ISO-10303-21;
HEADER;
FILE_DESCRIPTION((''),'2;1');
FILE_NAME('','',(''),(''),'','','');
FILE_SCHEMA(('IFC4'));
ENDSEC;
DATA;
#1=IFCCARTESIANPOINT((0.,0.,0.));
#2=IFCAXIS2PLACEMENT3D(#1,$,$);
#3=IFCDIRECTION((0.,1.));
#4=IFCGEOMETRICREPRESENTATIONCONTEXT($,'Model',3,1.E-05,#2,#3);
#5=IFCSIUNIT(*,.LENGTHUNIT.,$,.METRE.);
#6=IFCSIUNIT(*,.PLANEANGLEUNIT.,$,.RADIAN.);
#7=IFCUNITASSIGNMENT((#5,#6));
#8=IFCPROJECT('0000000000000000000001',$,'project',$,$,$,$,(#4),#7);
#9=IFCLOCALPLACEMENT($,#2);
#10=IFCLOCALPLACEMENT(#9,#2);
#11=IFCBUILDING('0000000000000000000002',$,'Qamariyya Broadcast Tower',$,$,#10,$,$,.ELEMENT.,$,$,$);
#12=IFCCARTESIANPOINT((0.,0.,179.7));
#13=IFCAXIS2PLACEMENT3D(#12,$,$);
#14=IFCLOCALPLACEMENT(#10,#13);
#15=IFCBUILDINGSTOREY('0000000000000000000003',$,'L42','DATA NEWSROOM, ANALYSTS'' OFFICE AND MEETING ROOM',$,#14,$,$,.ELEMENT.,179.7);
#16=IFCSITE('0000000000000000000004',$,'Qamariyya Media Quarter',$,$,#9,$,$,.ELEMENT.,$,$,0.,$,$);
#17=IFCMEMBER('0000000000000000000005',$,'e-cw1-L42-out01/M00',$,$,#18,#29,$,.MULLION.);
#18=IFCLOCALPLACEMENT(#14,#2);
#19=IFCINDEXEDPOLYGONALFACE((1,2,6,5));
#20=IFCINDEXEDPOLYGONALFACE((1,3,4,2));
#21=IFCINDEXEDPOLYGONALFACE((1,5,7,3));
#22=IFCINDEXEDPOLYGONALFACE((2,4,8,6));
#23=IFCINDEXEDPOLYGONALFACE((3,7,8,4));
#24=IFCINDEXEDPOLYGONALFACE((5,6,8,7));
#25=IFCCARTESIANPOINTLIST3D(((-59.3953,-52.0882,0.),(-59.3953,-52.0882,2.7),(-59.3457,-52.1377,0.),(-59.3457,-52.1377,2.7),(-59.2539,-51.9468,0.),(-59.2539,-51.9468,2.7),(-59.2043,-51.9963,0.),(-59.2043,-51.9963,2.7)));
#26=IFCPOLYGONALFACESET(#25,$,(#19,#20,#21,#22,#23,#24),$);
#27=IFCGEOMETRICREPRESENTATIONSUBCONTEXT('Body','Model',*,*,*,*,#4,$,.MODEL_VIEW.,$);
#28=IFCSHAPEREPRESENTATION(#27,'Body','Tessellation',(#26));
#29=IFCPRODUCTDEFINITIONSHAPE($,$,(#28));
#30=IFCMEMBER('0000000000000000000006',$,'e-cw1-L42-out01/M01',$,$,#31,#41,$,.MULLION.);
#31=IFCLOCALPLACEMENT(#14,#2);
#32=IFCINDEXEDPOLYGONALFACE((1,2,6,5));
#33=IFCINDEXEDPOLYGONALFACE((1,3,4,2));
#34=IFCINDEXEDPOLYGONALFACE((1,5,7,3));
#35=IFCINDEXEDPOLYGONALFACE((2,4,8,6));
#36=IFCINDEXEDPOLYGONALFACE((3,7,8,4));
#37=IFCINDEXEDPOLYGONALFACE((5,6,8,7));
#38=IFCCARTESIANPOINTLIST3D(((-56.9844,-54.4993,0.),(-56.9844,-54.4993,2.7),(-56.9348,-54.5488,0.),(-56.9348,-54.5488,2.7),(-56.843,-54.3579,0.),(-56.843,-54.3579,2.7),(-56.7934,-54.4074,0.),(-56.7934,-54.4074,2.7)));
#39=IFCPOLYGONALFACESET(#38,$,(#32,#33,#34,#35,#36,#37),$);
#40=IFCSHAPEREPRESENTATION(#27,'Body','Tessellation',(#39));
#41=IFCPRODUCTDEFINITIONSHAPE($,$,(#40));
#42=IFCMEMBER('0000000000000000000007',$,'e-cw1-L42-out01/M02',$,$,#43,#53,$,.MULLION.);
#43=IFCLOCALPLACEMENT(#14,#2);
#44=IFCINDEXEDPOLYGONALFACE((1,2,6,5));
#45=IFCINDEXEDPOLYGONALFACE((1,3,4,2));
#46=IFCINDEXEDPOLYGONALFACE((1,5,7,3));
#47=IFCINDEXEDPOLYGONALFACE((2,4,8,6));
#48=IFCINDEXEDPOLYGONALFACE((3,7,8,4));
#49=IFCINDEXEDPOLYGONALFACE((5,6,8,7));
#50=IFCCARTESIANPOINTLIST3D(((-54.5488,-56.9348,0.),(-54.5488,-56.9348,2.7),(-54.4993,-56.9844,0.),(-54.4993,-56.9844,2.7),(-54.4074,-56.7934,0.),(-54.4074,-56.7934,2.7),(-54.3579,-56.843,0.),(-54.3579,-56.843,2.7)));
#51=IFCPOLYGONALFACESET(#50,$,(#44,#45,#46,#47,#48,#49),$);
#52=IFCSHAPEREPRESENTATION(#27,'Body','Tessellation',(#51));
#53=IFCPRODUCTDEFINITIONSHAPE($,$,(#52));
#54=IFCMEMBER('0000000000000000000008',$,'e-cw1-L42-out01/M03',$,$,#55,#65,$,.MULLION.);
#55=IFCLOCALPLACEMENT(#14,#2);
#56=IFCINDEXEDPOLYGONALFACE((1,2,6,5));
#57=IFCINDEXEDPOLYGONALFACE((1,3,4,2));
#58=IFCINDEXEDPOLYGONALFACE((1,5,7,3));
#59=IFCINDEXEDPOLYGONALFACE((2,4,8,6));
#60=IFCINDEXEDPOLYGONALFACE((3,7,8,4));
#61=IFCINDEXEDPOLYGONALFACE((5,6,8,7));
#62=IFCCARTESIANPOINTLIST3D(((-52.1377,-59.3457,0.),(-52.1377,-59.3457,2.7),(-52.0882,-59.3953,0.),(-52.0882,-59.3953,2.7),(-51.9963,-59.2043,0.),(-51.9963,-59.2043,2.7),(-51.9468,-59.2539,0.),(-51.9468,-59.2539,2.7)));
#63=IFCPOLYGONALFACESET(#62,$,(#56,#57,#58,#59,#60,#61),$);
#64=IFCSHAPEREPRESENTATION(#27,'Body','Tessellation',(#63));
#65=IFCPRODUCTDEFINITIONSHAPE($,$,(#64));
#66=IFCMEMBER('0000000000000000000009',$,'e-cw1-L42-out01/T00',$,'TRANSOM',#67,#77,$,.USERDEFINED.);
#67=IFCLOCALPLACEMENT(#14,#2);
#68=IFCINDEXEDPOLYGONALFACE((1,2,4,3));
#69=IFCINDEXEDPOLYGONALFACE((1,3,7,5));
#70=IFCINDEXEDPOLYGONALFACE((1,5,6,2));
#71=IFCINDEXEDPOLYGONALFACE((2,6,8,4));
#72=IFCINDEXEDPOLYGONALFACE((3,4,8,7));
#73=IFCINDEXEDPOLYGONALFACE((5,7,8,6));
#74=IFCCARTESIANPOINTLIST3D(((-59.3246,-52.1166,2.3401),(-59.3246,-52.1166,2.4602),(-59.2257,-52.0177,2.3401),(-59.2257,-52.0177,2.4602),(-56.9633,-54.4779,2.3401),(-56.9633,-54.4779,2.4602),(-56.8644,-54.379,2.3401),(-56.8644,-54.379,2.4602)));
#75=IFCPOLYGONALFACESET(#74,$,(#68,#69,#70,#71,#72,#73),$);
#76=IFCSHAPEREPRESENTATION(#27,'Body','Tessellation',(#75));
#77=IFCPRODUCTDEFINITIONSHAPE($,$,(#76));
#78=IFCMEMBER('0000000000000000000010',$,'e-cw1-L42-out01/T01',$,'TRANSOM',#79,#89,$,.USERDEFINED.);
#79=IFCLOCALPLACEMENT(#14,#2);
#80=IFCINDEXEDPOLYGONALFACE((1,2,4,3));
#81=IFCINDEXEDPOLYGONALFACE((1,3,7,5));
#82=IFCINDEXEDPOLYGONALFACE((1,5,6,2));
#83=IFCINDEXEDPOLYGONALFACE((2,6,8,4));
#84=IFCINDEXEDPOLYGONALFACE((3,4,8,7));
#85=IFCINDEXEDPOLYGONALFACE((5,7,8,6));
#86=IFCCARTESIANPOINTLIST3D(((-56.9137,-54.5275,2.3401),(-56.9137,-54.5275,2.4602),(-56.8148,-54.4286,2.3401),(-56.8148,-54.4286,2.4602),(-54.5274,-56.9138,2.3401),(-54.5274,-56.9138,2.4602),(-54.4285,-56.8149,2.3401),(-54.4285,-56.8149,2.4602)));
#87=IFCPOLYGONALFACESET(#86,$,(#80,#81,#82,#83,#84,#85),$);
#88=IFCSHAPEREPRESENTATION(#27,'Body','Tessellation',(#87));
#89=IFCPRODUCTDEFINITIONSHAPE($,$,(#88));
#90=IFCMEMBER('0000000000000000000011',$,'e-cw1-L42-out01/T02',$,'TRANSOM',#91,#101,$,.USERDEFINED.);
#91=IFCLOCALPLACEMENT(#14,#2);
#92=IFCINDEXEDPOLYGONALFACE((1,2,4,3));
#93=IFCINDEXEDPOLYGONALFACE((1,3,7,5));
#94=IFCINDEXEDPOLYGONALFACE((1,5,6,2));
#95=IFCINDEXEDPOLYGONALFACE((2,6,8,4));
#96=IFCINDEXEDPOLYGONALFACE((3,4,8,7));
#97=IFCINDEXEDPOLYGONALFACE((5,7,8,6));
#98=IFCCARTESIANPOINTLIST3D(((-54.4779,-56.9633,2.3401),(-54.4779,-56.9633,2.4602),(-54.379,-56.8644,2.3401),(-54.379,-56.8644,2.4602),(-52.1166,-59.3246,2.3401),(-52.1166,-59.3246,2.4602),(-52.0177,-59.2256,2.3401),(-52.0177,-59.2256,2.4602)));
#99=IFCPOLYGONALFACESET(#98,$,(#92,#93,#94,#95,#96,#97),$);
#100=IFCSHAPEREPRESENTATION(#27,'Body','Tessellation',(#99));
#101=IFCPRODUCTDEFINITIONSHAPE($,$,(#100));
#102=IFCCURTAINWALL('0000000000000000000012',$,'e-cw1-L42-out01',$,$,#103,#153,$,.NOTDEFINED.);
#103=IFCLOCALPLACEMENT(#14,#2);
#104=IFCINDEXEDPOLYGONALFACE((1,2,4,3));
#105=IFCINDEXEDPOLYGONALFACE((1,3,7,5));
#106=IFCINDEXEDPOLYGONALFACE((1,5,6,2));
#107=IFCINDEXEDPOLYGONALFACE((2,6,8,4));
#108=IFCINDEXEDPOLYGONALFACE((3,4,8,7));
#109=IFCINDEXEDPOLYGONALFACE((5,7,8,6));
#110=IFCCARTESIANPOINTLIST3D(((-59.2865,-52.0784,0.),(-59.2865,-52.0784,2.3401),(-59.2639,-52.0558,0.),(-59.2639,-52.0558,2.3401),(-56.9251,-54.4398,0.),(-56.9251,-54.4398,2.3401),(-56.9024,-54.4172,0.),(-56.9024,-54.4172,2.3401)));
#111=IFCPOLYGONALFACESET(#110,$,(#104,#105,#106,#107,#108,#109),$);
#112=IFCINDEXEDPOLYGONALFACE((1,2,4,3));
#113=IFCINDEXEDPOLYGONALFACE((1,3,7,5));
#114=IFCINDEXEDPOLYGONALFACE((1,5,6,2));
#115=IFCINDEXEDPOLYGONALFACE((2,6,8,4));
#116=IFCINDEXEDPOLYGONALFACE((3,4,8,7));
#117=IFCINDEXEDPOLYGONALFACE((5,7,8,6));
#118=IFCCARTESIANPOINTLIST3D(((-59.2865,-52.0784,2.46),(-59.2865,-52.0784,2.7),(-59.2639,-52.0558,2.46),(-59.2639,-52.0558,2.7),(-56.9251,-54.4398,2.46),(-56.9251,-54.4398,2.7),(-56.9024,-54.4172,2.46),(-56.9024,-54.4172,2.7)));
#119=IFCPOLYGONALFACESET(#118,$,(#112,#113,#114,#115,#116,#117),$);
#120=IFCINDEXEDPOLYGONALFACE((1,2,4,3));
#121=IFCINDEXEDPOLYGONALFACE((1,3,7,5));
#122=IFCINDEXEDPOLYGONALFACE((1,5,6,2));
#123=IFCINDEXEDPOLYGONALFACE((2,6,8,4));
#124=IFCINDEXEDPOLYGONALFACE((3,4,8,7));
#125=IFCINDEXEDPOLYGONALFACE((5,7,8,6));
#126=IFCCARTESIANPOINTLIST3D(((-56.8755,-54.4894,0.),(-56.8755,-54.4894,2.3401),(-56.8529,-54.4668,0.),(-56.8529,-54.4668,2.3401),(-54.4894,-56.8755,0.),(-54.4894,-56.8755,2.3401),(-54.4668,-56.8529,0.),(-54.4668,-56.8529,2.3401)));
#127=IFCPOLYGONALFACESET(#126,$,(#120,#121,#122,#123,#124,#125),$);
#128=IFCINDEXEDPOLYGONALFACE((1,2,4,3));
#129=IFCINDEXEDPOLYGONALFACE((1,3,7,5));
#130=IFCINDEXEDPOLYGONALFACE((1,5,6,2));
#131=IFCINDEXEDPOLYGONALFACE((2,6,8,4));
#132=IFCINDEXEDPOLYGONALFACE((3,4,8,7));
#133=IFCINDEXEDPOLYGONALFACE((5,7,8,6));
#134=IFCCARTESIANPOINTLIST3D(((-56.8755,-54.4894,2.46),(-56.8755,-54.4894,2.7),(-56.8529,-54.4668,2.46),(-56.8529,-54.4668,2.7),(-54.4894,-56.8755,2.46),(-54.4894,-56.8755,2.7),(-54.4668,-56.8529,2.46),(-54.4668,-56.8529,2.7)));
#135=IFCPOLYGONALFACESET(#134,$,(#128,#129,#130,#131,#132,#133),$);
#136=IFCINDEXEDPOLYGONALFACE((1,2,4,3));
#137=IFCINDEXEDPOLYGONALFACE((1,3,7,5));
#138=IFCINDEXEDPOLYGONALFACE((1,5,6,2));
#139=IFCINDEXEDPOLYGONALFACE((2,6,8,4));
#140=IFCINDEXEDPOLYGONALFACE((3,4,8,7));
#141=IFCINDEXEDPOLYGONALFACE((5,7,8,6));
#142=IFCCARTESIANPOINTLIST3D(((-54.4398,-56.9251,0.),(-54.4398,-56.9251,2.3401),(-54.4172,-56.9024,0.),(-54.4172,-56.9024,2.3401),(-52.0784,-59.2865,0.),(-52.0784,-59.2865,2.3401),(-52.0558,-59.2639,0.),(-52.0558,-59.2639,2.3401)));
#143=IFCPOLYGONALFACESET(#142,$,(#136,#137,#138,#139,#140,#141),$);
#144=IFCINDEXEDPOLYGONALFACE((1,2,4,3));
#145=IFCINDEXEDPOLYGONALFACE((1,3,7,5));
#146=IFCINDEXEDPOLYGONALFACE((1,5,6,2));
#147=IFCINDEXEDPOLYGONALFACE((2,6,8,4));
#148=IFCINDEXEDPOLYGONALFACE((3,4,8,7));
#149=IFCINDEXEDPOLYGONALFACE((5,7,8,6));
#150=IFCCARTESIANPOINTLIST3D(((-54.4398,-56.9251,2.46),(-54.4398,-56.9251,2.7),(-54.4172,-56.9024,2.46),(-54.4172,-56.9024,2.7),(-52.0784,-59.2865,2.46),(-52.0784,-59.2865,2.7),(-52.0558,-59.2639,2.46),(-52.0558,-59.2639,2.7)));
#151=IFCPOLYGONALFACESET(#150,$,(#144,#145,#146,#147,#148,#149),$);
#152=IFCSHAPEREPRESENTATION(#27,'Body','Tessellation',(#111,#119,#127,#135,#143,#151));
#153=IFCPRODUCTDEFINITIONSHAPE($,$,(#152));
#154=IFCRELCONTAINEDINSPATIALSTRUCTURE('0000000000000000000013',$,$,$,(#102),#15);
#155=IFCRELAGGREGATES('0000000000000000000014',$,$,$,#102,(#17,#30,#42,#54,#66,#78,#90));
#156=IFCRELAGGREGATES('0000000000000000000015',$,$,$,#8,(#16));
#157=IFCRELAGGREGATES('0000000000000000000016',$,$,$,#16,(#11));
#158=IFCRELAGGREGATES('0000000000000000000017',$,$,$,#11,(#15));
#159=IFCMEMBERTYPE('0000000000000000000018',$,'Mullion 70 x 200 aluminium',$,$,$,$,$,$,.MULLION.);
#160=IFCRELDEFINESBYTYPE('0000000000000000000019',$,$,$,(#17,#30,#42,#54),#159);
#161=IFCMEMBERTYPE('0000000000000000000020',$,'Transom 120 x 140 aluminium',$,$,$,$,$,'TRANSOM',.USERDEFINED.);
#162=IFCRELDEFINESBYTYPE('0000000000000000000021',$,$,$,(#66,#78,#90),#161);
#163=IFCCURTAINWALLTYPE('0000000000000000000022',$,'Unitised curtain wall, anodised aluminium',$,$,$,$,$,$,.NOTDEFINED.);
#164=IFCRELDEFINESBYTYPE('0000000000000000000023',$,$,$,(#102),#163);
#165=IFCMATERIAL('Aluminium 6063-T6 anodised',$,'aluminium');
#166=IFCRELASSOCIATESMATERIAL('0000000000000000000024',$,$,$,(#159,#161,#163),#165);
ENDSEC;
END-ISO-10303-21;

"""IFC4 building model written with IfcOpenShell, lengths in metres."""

from ifc_helpers import new_model, si_unit, direction, frame, origin, origin_2d, place, context, subcontext, project, spatial, rectangle, extrude, material, material_profile, profile_set, type_object, element, aggregate, save


model = new_model("IFC4")

# Units and contexts
model_context = context("Model", 3, precision=1e-05, world=origin(), true_north=direction((0.0, 1.0)))
body_context = subcontext(model_context, "Body", "Model", "MODEL_VIEW")
ifc_project = project(units=[si_unit("LENGTHUNIT", "METRE"), si_unit("PLANEANGLEUNIT", "RADIAN")], contexts=[model_context])

# Members
ifc_material_1 = material(Name="Aluminium 6063-T6 anodised", Category="aluminium")
ifc_material_profile_1 = material_profile(ifc_material_1, rectangle(XDim=0.2, YDim=0.0701, at=origin_2d()))
ifc_profile_set_1 = profile_set([ifc_material_profile_1], Name="Aluminium 6063-T6 anodised")
member_type_1 = type_object("IfcMemberType", Name="Mullion 70 x 200 aluminium", PredefinedType="MULLION", material=ifc_profile_set_1)
site_placement = place(None, origin())
building_placement = place(site_placement, origin())
storey_placement = place(building_placement, frame((0.0, 0.0, 179.7)))
member_1_placement = place(storey_placement, frame((-59.2998, -52.0422, 0.0), z_axis=(0.0, 0.0, 1.0), x_axis=(0.707107, 0.707107, 0.0)))
member_1 = element("IfcMember", 1, at=member_1_placement, type_object=member_type_1, Name="e-cw1-L42-out01/M00", PredefinedType="MULLION", context=body_context, shape_type="SweptSolid", body=[
    extrude(rectangle(XDim=0.2, YDim=0.0701, at=origin_2d()), origin(), (0.0, 0.0, 1.0), 2.7),
])
member_2_placement = place(storey_placement, frame((-56.8889, -54.4534, 0.0), z_axis=(0.0, 0.0, 1.0), x_axis=(0.707107, 0.707107, 0.0)))
member_2 = element("IfcMember", 2, at=member_2_placement, type_object=member_type_1, Name="e-cw1-L42-out01/M01", PredefinedType="MULLION", context=body_context, shape_type="SweptSolid", body=[
    extrude(rectangle(XDim=0.2, YDim=0.0701, at=origin_2d()), origin(), (0.0, 0.0, 1.0), 2.7),
])
member_3_placement = place(storey_placement, frame((-54.4534, -56.8889, 0.0), z_axis=(0.0, 0.0, 1.0), x_axis=(0.707107, 0.707107, 0.0)))
member_3 = element("IfcMember", 3, at=member_3_placement, type_object=member_type_1, Name="e-cw1-L42-out01/M02", PredefinedType="MULLION", context=body_context, shape_type="SweptSolid", body=[
    extrude(rectangle(XDim=0.2, YDim=0.0701, at=origin_2d()), origin(), (0.0, 0.0, 1.0), 2.7),
])
member_4_placement = place(storey_placement, frame((-52.0422, -59.2998, 0.0), z_axis=(0.0, 0.0, 1.0), x_axis=(0.707107, 0.707107, 0.0)))
member_4 = element("IfcMember", 4, at=member_4_placement, type_object=member_type_1, Name="e-cw1-L42-out01/M03", PredefinedType="MULLION", context=body_context, shape_type="SweptSolid", body=[
    extrude(rectangle(XDim=0.2, YDim=0.0701, at=origin_2d()), origin(), (0.0, 0.0, 1.0), 2.7),
])
ifc_material_profile_2 = material_profile(ifc_material_1, rectangle(XDim=0.1399, YDim=0.1201, at=origin_2d()))
ifc_profile_set_2 = profile_set([ifc_material_profile_2], Name="Aluminium 6063-T6 anodised")
member_type_2 = type_object("IfcMemberType", Name="Transom 120 x 140 aluminium", ElementType="TRANSOM", PredefinedType="USERDEFINED", material=ifc_profile_set_2)
member_5_placement = place(storey_placement, frame((-59.2751, -52.0671, 2.4001), z_axis=(0.707107, -0.707107, 0.0), x_axis=(0.707107, 0.707107, 0.0)))
member_5 = element("IfcMember", 5, at=member_5_placement, type_object=member_type_2, Name="e-cw1-L42-out01/T00", ObjectType="TRANSOM", PredefinedType="USERDEFINED", context=body_context, shape_type="SweptSolid", body=[
    extrude(rectangle(XDim=0.1399, YDim=0.1201, at=origin_2d()), origin(), (0.0, 0.0, 1.0), 3.3394),
])
member_6_placement = place(storey_placement, frame((-56.8643, -54.478, 2.4001), z_axis=(0.707107, -0.707107, 0.0), x_axis=(0.707107, 0.707107, 0.0)))
member_6 = element("IfcMember", 6, at=member_6_placement, type_object=member_type_2, Name="e-cw1-L42-out01/T01", ObjectType="TRANSOM", PredefinedType="USERDEFINED", context=body_context, shape_type="SweptSolid", body=[
    extrude(rectangle(XDim=0.1399, YDim=0.1201, at=origin_2d()), origin(), (0.0, 0.0, 1.0), 3.3748),
])
member_7_placement = place(storey_placement, frame((-54.4285, -56.9138, 2.4001), z_axis=(0.707107, -0.707107, 0.0), x_axis=(0.707107, 0.707107, 0.0)))
member_7 = element("IfcMember", 7, at=member_7_placement, type_object=member_type_2, Name="e-cw1-L42-out01/T02", ObjectType="TRANSOM", PredefinedType="USERDEFINED", context=body_context, shape_type="SweptSolid", body=[
    extrude(rectangle(XDim=0.1399, YDim=0.1201, at=origin_2d()), origin(), (0.0, 0.0, 1.0), 3.3394),
])

# Site, building, storey
site = spatial("IfcSite", under=ifc_project, at=site_placement, Name="Qamariyya Media Quarter", CompositionType="ELEMENT", RefElevation=0.0)
building = spatial("IfcBuilding", under=site, at=building_placement, Name="Qamariyya Broadcast Tower", CompositionType="ELEMENT")
storey = spatial("IfcBuildingStorey", under=building, at=storey_placement, Name="L42", Description="DATA NEWSROOM, ANALYSTS' OFFICE AND MEETING ROOM", CompositionType="ELEMENT", Elevation=179.7)

# Curtain wall
curtain_wall_type = type_object("IfcCurtainWallType", Name="Unitised curtain wall, anodised aluminium", PredefinedType="NOTDEFINED", material=ifc_material_1)
curtain_wall_1_placement = place(storey_placement, origin())
curtain_wall_1 = element("IfcCurtainWall", 8, at=curtain_wall_1_placement, inside=storey, type_object=curtain_wall_type, Name="e-cw1-L42-out01", PredefinedType="NOTDEFINED", context=body_context, shape_type="SweptSolid", body=[
    extrude(rectangle(XDim=3.3396, YDim=0.032, at=origin_2d()), frame((-58.0945, -53.2478, 0.0), x_axis=(0.707107, -0.707107, 0.0)), (0.0, 0.0, 1.0), 2.3401),
    extrude(rectangle(XDim=3.3396, YDim=0.032, at=origin_2d()), frame((-58.0945, -53.2478, 2.46), x_axis=(0.707107, -0.707107, 0.0)), (0.0, 0.0, 1.0), 0.24),
    extrude(rectangle(XDim=3.3745, YDim=0.032, at=origin_2d()), frame((-55.6711, -55.6711, 0.0), x_axis=(0.707107, -0.707107, 0.0)), (0.0, 0.0, 1.0), 2.3401),
    extrude(rectangle(XDim=3.3745, YDim=0.032, at=origin_2d()), frame((-55.6711, -55.6711, 2.46), x_axis=(0.707107, -0.707107, 0.0)), (0.0, 0.0, 1.0), 0.24),
    extrude(rectangle(XDim=3.3396, YDim=0.032, at=origin_2d()), frame((-53.2478, -58.0945, 0.0), x_axis=(0.707107, -0.707107, 0.0)), (0.0, 0.0, 1.0), 2.3401),
    extrude(rectangle(XDim=3.3396, YDim=0.032, at=origin_2d()), frame((-53.2478, -58.0945, 2.46), x_axis=(0.707107, -0.707107, 0.0)), (0.0, 0.0, 1.0), 0.24),
])
aggregate(curtain_wall_1, [member_1, member_2, member_3, member_4, member_5, member_6, member_7])

save(model, "model.ifc")
